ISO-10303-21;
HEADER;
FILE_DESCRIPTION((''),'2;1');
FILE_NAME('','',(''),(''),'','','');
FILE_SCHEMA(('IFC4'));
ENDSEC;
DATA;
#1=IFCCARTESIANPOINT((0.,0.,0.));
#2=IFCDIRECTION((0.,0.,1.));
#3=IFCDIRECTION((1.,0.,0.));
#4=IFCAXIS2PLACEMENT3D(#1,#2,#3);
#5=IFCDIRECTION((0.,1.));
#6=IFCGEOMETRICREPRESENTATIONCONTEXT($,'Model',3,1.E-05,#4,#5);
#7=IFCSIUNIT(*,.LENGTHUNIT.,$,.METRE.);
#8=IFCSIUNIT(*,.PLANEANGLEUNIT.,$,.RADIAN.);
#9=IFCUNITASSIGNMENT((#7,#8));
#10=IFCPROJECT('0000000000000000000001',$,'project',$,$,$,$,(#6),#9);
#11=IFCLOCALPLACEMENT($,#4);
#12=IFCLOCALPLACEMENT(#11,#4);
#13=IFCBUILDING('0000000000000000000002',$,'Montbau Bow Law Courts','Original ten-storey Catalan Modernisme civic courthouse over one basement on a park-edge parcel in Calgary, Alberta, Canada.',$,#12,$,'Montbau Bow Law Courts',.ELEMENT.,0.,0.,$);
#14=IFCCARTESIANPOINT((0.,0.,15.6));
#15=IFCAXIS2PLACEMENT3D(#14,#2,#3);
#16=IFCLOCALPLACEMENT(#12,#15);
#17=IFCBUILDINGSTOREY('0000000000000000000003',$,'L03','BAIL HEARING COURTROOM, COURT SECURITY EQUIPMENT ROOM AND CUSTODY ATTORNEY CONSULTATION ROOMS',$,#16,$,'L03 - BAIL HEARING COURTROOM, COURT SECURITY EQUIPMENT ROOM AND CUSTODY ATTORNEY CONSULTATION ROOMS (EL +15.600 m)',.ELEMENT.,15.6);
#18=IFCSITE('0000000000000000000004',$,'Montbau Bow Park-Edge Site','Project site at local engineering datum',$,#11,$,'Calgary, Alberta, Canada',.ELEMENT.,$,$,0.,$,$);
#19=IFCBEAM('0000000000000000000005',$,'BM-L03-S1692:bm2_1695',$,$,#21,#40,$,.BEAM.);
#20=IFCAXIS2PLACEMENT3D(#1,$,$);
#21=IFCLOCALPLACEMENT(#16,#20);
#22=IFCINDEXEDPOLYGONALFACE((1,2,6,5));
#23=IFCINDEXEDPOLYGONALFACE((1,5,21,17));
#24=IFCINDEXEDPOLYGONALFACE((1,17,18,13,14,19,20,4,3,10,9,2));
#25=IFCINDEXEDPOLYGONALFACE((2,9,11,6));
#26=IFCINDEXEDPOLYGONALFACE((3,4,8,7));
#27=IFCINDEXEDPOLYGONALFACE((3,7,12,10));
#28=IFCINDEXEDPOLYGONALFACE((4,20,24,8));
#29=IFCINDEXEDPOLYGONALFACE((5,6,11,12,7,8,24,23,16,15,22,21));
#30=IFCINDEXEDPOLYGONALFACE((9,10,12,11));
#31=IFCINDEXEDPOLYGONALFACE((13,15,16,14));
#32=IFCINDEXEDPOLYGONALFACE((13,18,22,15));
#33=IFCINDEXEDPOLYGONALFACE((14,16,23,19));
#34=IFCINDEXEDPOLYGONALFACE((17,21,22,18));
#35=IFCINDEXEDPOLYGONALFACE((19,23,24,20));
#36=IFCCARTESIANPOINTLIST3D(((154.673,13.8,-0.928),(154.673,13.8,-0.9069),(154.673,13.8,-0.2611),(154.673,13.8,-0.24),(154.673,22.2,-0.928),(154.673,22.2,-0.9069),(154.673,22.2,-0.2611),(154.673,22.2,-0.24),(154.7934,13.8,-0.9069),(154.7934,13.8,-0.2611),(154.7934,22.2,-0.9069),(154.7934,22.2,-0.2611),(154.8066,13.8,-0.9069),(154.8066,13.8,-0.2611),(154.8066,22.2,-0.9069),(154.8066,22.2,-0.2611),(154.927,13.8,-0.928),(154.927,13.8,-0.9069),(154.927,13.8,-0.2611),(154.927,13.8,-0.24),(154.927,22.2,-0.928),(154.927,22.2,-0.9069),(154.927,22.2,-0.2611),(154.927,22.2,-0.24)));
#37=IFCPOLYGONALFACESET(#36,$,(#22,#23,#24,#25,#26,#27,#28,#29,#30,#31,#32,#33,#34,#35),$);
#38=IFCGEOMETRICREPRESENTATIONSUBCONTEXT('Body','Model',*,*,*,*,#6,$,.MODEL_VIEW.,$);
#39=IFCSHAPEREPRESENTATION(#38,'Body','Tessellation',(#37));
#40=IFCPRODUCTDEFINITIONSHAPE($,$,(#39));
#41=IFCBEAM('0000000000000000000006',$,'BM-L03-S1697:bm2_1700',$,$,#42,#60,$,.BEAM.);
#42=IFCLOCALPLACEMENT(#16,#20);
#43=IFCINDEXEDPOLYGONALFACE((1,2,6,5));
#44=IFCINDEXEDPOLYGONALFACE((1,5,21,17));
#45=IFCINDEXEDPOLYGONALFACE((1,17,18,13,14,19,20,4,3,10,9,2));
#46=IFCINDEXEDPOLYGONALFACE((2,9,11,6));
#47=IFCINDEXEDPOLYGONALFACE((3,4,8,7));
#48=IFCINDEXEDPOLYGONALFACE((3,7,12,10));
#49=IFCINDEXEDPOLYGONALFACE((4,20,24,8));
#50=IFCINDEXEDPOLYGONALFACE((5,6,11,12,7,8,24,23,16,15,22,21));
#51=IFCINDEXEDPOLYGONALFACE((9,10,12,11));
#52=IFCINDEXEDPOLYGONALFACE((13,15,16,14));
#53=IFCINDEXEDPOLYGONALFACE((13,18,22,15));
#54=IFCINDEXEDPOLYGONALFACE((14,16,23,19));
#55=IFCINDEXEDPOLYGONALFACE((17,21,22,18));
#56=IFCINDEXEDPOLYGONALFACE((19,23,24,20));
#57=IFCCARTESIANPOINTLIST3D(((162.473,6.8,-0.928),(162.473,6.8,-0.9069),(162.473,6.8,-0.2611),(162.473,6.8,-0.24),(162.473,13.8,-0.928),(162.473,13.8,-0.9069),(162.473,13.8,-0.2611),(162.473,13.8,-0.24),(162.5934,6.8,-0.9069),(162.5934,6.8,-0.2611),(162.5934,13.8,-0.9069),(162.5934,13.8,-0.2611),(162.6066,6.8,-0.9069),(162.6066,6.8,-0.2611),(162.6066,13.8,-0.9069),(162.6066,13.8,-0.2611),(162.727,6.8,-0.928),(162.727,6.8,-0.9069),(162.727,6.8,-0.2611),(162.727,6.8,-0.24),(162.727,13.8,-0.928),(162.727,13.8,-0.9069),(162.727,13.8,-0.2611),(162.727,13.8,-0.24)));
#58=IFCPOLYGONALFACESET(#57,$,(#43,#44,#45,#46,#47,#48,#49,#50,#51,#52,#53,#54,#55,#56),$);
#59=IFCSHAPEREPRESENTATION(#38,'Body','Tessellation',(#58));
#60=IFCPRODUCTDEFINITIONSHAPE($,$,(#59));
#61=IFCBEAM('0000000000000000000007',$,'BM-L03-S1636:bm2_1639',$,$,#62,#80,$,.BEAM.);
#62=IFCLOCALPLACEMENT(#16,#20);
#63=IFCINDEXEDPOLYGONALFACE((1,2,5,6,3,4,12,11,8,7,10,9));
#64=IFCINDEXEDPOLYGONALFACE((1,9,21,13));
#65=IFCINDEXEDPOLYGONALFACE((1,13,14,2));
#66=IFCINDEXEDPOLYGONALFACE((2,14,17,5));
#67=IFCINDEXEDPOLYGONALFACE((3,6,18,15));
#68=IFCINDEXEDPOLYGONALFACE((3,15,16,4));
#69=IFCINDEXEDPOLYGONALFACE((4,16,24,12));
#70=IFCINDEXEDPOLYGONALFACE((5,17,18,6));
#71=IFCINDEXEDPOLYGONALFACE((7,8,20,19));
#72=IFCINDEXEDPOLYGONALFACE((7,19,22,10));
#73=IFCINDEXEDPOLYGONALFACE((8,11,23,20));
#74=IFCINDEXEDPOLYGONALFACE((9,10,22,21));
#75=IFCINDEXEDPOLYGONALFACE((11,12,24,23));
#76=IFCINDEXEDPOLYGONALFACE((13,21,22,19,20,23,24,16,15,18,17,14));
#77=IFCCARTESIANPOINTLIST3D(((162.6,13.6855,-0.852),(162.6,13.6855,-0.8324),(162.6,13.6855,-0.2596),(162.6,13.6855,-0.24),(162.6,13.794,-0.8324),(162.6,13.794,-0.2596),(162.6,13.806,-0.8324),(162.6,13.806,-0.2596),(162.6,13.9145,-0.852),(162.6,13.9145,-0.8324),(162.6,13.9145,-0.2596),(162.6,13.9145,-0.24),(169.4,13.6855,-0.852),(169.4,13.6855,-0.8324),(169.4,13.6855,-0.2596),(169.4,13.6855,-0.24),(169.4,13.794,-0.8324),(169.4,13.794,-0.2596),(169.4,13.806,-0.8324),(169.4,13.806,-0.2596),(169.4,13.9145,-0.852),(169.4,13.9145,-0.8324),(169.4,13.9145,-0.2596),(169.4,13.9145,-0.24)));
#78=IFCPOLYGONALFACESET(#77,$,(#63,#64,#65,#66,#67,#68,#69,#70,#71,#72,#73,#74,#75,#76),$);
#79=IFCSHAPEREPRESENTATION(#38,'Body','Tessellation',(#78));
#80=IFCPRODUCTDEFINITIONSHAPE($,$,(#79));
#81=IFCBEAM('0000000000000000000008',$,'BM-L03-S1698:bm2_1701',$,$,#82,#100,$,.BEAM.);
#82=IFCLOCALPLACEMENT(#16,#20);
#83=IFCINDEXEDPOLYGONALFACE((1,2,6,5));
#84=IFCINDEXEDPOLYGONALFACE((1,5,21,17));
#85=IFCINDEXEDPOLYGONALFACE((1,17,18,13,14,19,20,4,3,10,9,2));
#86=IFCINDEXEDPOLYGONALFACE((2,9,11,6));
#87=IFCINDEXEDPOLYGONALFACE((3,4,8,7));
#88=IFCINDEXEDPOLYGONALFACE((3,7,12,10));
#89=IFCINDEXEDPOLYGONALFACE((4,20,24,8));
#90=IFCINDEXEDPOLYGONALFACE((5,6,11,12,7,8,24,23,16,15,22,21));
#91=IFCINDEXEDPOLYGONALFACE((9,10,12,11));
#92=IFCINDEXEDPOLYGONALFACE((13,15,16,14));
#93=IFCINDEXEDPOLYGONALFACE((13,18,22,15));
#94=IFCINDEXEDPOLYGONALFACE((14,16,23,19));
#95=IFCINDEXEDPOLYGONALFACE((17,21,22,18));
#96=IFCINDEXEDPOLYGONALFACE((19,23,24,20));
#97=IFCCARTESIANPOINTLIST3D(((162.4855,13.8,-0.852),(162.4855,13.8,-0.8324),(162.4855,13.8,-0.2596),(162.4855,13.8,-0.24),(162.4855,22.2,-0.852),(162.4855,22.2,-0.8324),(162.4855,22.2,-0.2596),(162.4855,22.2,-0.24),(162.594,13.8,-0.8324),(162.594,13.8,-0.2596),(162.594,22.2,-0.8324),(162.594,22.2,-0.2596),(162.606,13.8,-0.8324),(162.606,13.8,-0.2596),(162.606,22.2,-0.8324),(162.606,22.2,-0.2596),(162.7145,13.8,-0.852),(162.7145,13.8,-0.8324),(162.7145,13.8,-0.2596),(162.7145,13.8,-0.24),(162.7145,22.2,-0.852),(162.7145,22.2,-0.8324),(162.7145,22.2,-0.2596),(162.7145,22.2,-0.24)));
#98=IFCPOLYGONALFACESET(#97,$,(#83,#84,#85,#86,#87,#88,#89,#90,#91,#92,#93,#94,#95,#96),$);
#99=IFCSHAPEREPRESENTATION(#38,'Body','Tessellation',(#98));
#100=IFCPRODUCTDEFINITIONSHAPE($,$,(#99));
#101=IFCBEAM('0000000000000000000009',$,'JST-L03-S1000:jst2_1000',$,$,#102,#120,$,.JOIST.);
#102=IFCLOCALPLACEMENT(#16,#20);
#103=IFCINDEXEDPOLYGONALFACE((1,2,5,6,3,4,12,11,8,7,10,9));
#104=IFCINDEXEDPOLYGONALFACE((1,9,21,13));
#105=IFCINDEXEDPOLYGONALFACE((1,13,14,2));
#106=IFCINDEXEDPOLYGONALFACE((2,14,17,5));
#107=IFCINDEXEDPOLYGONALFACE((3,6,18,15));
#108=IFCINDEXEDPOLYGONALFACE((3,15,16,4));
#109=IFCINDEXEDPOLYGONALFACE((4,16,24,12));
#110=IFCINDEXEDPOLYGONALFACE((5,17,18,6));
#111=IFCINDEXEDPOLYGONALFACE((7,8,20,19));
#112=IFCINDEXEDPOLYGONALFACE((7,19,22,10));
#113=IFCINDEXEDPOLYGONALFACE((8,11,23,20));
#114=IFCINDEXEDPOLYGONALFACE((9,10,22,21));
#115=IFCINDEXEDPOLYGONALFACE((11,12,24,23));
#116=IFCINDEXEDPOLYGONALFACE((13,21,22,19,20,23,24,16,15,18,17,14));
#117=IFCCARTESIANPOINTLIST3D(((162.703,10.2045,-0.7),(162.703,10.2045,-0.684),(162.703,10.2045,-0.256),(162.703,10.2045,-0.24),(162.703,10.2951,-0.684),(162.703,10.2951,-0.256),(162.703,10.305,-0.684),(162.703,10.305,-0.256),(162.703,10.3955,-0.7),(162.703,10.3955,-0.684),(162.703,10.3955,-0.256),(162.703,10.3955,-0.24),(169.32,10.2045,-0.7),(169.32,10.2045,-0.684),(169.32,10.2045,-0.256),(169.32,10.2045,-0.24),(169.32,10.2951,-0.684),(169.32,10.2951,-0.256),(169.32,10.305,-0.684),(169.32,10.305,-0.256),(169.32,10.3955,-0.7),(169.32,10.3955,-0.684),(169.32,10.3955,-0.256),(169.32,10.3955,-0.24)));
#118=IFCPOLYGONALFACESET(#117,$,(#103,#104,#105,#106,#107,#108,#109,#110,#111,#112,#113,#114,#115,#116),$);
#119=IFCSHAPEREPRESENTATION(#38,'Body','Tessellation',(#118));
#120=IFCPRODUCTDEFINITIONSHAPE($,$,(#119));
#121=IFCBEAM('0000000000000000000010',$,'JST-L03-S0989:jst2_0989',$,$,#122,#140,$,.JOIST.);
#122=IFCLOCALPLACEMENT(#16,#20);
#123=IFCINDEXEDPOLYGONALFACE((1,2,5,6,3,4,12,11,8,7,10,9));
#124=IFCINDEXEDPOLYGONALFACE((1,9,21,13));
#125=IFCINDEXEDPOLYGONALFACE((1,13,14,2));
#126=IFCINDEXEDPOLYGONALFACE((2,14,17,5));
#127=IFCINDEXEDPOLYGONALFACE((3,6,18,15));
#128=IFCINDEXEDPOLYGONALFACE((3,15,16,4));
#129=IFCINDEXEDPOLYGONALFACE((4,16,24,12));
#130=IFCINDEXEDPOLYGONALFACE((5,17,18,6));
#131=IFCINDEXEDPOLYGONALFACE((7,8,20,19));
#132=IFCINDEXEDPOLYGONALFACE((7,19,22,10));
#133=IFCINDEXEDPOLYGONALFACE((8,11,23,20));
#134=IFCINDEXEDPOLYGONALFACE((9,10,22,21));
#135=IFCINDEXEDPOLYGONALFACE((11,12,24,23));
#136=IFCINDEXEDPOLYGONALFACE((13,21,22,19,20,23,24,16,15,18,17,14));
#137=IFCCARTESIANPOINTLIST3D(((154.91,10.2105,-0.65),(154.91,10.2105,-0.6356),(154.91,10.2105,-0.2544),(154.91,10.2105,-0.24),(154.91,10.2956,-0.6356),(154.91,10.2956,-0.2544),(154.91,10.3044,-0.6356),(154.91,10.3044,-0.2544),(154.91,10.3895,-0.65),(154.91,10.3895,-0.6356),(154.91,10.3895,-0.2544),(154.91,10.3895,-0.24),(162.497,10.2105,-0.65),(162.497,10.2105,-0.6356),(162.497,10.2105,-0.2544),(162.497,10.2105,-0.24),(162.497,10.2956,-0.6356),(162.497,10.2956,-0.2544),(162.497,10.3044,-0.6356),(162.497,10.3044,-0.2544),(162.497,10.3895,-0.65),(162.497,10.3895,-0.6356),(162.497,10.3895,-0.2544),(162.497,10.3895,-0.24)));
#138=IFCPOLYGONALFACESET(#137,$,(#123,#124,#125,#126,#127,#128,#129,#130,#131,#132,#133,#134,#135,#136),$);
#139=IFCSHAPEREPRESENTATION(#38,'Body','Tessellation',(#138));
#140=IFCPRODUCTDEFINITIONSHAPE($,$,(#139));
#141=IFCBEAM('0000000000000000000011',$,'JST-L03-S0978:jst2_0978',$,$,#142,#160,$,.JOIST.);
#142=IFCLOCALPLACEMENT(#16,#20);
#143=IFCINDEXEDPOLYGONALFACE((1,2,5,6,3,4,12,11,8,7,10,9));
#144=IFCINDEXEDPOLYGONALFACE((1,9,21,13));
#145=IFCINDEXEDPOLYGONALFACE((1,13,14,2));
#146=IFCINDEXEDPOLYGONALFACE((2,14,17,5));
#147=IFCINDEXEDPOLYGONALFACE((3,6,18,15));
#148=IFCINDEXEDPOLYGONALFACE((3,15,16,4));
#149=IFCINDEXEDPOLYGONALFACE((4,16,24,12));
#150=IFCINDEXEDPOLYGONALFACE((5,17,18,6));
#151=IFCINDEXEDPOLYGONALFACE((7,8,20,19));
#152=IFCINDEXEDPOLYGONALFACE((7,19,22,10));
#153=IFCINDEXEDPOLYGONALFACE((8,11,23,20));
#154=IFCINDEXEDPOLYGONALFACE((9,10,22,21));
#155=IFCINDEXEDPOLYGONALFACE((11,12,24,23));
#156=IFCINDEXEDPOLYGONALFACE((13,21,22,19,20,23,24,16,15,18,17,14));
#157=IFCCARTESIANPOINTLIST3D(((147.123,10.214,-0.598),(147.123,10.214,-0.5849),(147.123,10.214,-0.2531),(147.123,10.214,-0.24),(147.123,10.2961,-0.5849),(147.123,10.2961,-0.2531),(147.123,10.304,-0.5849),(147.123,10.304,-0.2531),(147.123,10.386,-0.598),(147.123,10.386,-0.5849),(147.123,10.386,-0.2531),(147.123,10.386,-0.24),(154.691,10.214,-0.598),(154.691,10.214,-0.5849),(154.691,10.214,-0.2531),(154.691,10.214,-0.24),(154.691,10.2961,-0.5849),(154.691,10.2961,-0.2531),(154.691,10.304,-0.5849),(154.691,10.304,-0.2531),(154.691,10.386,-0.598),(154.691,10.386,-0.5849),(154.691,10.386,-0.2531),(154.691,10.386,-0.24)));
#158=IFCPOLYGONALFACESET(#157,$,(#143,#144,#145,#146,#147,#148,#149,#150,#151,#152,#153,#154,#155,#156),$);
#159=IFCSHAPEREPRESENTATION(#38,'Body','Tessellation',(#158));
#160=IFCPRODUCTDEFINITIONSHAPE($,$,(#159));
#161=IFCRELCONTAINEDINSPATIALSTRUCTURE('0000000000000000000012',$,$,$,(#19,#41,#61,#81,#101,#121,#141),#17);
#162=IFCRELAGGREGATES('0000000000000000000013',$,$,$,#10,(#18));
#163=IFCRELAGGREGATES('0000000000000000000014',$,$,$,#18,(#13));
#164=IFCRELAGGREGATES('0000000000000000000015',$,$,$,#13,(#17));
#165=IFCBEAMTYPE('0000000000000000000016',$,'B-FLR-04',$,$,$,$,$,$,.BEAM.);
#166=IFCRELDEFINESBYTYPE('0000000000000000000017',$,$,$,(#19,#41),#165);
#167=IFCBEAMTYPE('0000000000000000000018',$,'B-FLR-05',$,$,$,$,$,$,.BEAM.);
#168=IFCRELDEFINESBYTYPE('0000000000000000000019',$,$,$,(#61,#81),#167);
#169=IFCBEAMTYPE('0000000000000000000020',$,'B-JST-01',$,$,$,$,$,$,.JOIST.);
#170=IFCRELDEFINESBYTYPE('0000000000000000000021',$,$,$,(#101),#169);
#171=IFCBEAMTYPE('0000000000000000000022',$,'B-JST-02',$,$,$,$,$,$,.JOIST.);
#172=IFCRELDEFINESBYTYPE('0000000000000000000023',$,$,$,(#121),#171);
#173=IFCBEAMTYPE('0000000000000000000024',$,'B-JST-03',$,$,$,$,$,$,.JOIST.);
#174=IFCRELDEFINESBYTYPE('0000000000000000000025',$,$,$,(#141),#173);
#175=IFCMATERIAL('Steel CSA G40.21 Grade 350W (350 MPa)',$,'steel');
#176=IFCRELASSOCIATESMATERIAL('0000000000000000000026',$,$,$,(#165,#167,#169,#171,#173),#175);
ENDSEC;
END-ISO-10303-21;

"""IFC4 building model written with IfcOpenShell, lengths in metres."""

from ifc_helpers import new_model, si_unit, direction, frame, origin_with_axes, origin_2d_with_axis, place, context, subcontext, project, spatial, i_section, extrude, material, material_profile, profile_set, type_object, element, save


model = new_model("IFC4")

# Units and contexts
model_context = context("Model", 3, precision=1e-05, world=origin_with_axes(), true_north=direction((0.0, 1.0)))
body_context = subcontext(model_context, "Body", "Model", "MODEL_VIEW")
ifc_project = project(units=[si_unit("LENGTHUNIT", "METRE"), si_unit("PLANEANGLEUNIT", "RADIAN")], contexts=[model_context])

# Site, building, storey
site_placement = place(None, origin_with_axes())
site = spatial("IfcSite", under=ifc_project, at=site_placement, Name="Montbau Bow Park-Edge Site", Description="Project site at local engineering datum", LongName="Calgary, Alberta, Canada", CompositionType="ELEMENT", RefElevation=0.0)
building_placement = place(site_placement, origin_with_axes())
building = spatial("IfcBuilding", under=site, at=building_placement, Name="Montbau Bow Law Courts", Description="Original ten-storey Catalan Modernisme civic courthouse over one basement on a park-edge parcel in Calgary, Alberta, Canada.", LongName="Montbau Bow Law Courts", CompositionType="ELEMENT", ElevationOfRefHeight=0.0, ElevationOfTerrain=0.0)
storey_placement = place(building_placement, frame((0.0, 0.0, 15.6), z_axis=(0.0, 0.0, 1.0), x_axis=(1.0, 0.0, 0.0)))
storey = spatial("IfcBuildingStorey", under=building, at=storey_placement, Name="L03", Description="BAIL HEARING COURTROOM, COURT SECURITY EQUIPMENT ROOM AND CUSTODY ATTORNEY CONSULTATION ROOMS", LongName="L03 - BAIL HEARING COURTROOM, COURT SECURITY EQUIPMENT ROOM AND CUSTODY ATTORNEY CONSULTATION ROOMS (EL +15.600 m)", CompositionType="ELEMENT", Elevation=15.6)

# Shared definitions
ifc_material_1 = material(Name="Steel CSA G40.21 Grade 350W (350 MPa)", Category="steel")

# Beams
ifc_material_profile_1 = material_profile(ifc_material_1, i_section(OverallWidth=0.254, OverallDepth=0.688, WebThickness=0.0131, FlangeThickness=0.0211, at=origin_2d_with_axis()), Name="W690X152", Category="Main", Priority=0)
ifc_profile_set_1 = profile_set([ifc_material_profile_1], Name="Steel CSA G40.21 Grade 350W (350 MPa)")
beam_type_1 = type_object("IfcBeamType", Name="B-FLR-04", PredefinedType="BEAM", material=ifc_profile_set_1)
beam_1_placement = place(None, frame((154.8, 13.8, 15.016), z_axis=(0.0, 1.0, 0.0), x_axis=(-1.0, 0.0, 0.0)))
element("IfcBeam", 1, at=beam_1_placement, inside=storey, type_object=beam_type_1, Name="BM-L03-S1692:bm2_1695", PredefinedType="BEAM", context=body_context, shape_type="SweptSolid", body=[
    extrude(i_section(OverallWidth=0.254, OverallDepth=0.688, WebThickness=0.0131, FlangeThickness=0.0211, at=origin_2d_with_axis()), origin_with_axes(), (0.0, 0.0, 1.0), 8.4),
])
beam_2_placement = place(None, frame((162.6, 6.8, 15.016), z_axis=(0.0, 1.0, 0.0), x_axis=(-1.0, 0.0, 0.0)))
element("IfcBeam", 2, at=beam_2_placement, inside=storey, type_object=beam_type_1, Name="BM-L03-S1697:bm2_1700", PredefinedType="BEAM", context=body_context, shape_type="SweptSolid", body=[
    extrude(i_section(OverallWidth=0.254, OverallDepth=0.688, WebThickness=0.0131, FlangeThickness=0.0211, at=origin_2d_with_axis()), origin_with_axes(), (0.0, 0.0, 1.0), 7.0),
])
ifc_material_profile_2 = material_profile(ifc_material_1, i_section(OverallWidth=0.229, OverallDepth=0.612, WebThickness=0.0119, FlangeThickness=0.0196, at=origin_2d_with_axis()), Name="W610X125", Category="Main", Priority=0)
ifc_profile_set_2 = profile_set([ifc_material_profile_2], Name="Steel CSA G40.21 Grade 350W (350 MPa)")
beam_type_2 = type_object("IfcBeamType", Name="B-FLR-05", PredefinedType="BEAM", material=ifc_profile_set_2)
beam_3_placement = place(None, frame((162.6, 13.8, 15.054), z_axis=(1.0, 0.0, 0.0), x_axis=(0.0, 1.0, 0.0)))
element("IfcBeam", 3, at=beam_3_placement, inside=storey, type_object=beam_type_2, Name="BM-L03-S1636:bm2_1639", PredefinedType="BEAM", context=body_context, shape_type="SweptSolid", body=[
    extrude(i_section(OverallWidth=0.229, OverallDepth=0.612, WebThickness=0.0119, FlangeThickness=0.0196, at=origin_2d_with_axis()), origin_with_axes(), (0.0, 0.0, 1.0), 6.8),
])
beam_4_placement = place(None, frame((162.6, 13.8, 15.054), z_axis=(0.0, 1.0, 0.0), x_axis=(-1.0, 0.0, 0.0)))
element("IfcBeam", 4, at=beam_4_placement, inside=storey, type_object=beam_type_2, Name="BM-L03-S1698:bm2_1701", PredefinedType="BEAM", context=body_context, shape_type="SweptSolid", body=[
    extrude(i_section(OverallWidth=0.229, OverallDepth=0.612, WebThickness=0.0119, FlangeThickness=0.0196, at=origin_2d_with_axis()), origin_with_axes(), (0.0, 0.0, 1.0), 8.4),
])
ifc_material_profile_3 = material_profile(ifc_material_1, i_section(OverallWidth=0.191, OverallDepth=0.46, WebThickness=0.0099, FlangeThickness=0.016, at=origin_2d_with_axis()), Name="W460X82", Category="Main", Priority=0)
ifc_profile_set_3 = profile_set([ifc_material_profile_3], Name="Steel CSA G40.21 Grade 350W (350 MPa)")
beam_type_3 = type_object("IfcBeamType", Name="B-JST-01", PredefinedType="JOIST", material=ifc_profile_set_3)
beam_5_placement = place(None, frame((162.703, 10.3, 15.13), z_axis=(1.0, 0.0, 0.0), x_axis=(0.0, 1.0, 0.0)))
element("IfcBeam", 5, at=beam_5_placement, inside=storey, type_object=beam_type_3, Name="JST-L03-S1000:jst2_1000", PredefinedType="JOIST", context=body_context, shape_type="SweptSolid", body=[
    extrude(i_section(OverallWidth=0.191, OverallDepth=0.46, WebThickness=0.0099, FlangeThickness=0.016, at=origin_2d_with_axis()), origin_with_axes(), (0.0, 0.0, 1.0), 6.617),
])
ifc_material_profile_4 = material_profile(ifc_material_1, i_section(OverallWidth=0.179, OverallDepth=0.41, WebThickness=0.0088, FlangeThickness=0.0144, at=origin_2d_with_axis()), Name="W410X67", Category="Main", Priority=0)
ifc_profile_set_4 = profile_set([ifc_material_profile_4], Name="Steel CSA G40.21 Grade 350W (350 MPa)")
beam_type_4 = type_object("IfcBeamType", Name="B-JST-02", PredefinedType="JOIST", material=ifc_profile_set_4)
beam_6_placement = place(None, frame((154.91, 10.3, 15.155), z_axis=(1.0, 0.0, 0.0), x_axis=(0.0, 1.0, 0.0)))
element("IfcBeam", 6, at=beam_6_placement, inside=storey, type_object=beam_type_4, Name="JST-L03-S0989:jst2_0989", PredefinedType="JOIST", context=body_context, shape_type="SweptSolid", body=[
    extrude(i_section(OverallWidth=0.179, OverallDepth=0.41, WebThickness=0.0088, FlangeThickness=0.0144, at=origin_2d_with_axis()), origin_with_axes(), (0.0, 0.0, 1.0), 7.587),
])
ifc_material_profile_5 = material_profile(ifc_material_1, i_section(OverallWidth=0.172, OverallDepth=0.358, WebThickness=0.0079, FlangeThickness=0.0131, at=origin_2d_with_axis()), Name="W360X57", Category="Main", Priority=0)
ifc_profile_set_5 = profile_set([ifc_material_profile_5], Name="Steel CSA G40.21 Grade 350W (350 MPa)")
beam_type_5 = type_object("IfcBeamType", Name="B-JST-03", PredefinedType="JOIST", material=ifc_profile_set_5)
beam_7_placement = place(None, frame((147.123, 10.3, 15.181), z_axis=(1.0, 0.0, 0.0), x_axis=(0.0, 1.0, 0.0)))
element("IfcBeam", 7, at=beam_7_placement, inside=storey, type_object=beam_type_5, Name="JST-L03-S0978:jst2_0978", PredefinedType="JOIST", context=body_context, shape_type="SweptSolid", body=[
    extrude(i_section(OverallWidth=0.172, OverallDepth=0.358, WebThickness=0.0079, FlangeThickness=0.0131, at=origin_2d_with_axis()), origin_with_axes(), (0.0, 0.0, 1.0), 7.568),
])

save(model, "model.ifc")
